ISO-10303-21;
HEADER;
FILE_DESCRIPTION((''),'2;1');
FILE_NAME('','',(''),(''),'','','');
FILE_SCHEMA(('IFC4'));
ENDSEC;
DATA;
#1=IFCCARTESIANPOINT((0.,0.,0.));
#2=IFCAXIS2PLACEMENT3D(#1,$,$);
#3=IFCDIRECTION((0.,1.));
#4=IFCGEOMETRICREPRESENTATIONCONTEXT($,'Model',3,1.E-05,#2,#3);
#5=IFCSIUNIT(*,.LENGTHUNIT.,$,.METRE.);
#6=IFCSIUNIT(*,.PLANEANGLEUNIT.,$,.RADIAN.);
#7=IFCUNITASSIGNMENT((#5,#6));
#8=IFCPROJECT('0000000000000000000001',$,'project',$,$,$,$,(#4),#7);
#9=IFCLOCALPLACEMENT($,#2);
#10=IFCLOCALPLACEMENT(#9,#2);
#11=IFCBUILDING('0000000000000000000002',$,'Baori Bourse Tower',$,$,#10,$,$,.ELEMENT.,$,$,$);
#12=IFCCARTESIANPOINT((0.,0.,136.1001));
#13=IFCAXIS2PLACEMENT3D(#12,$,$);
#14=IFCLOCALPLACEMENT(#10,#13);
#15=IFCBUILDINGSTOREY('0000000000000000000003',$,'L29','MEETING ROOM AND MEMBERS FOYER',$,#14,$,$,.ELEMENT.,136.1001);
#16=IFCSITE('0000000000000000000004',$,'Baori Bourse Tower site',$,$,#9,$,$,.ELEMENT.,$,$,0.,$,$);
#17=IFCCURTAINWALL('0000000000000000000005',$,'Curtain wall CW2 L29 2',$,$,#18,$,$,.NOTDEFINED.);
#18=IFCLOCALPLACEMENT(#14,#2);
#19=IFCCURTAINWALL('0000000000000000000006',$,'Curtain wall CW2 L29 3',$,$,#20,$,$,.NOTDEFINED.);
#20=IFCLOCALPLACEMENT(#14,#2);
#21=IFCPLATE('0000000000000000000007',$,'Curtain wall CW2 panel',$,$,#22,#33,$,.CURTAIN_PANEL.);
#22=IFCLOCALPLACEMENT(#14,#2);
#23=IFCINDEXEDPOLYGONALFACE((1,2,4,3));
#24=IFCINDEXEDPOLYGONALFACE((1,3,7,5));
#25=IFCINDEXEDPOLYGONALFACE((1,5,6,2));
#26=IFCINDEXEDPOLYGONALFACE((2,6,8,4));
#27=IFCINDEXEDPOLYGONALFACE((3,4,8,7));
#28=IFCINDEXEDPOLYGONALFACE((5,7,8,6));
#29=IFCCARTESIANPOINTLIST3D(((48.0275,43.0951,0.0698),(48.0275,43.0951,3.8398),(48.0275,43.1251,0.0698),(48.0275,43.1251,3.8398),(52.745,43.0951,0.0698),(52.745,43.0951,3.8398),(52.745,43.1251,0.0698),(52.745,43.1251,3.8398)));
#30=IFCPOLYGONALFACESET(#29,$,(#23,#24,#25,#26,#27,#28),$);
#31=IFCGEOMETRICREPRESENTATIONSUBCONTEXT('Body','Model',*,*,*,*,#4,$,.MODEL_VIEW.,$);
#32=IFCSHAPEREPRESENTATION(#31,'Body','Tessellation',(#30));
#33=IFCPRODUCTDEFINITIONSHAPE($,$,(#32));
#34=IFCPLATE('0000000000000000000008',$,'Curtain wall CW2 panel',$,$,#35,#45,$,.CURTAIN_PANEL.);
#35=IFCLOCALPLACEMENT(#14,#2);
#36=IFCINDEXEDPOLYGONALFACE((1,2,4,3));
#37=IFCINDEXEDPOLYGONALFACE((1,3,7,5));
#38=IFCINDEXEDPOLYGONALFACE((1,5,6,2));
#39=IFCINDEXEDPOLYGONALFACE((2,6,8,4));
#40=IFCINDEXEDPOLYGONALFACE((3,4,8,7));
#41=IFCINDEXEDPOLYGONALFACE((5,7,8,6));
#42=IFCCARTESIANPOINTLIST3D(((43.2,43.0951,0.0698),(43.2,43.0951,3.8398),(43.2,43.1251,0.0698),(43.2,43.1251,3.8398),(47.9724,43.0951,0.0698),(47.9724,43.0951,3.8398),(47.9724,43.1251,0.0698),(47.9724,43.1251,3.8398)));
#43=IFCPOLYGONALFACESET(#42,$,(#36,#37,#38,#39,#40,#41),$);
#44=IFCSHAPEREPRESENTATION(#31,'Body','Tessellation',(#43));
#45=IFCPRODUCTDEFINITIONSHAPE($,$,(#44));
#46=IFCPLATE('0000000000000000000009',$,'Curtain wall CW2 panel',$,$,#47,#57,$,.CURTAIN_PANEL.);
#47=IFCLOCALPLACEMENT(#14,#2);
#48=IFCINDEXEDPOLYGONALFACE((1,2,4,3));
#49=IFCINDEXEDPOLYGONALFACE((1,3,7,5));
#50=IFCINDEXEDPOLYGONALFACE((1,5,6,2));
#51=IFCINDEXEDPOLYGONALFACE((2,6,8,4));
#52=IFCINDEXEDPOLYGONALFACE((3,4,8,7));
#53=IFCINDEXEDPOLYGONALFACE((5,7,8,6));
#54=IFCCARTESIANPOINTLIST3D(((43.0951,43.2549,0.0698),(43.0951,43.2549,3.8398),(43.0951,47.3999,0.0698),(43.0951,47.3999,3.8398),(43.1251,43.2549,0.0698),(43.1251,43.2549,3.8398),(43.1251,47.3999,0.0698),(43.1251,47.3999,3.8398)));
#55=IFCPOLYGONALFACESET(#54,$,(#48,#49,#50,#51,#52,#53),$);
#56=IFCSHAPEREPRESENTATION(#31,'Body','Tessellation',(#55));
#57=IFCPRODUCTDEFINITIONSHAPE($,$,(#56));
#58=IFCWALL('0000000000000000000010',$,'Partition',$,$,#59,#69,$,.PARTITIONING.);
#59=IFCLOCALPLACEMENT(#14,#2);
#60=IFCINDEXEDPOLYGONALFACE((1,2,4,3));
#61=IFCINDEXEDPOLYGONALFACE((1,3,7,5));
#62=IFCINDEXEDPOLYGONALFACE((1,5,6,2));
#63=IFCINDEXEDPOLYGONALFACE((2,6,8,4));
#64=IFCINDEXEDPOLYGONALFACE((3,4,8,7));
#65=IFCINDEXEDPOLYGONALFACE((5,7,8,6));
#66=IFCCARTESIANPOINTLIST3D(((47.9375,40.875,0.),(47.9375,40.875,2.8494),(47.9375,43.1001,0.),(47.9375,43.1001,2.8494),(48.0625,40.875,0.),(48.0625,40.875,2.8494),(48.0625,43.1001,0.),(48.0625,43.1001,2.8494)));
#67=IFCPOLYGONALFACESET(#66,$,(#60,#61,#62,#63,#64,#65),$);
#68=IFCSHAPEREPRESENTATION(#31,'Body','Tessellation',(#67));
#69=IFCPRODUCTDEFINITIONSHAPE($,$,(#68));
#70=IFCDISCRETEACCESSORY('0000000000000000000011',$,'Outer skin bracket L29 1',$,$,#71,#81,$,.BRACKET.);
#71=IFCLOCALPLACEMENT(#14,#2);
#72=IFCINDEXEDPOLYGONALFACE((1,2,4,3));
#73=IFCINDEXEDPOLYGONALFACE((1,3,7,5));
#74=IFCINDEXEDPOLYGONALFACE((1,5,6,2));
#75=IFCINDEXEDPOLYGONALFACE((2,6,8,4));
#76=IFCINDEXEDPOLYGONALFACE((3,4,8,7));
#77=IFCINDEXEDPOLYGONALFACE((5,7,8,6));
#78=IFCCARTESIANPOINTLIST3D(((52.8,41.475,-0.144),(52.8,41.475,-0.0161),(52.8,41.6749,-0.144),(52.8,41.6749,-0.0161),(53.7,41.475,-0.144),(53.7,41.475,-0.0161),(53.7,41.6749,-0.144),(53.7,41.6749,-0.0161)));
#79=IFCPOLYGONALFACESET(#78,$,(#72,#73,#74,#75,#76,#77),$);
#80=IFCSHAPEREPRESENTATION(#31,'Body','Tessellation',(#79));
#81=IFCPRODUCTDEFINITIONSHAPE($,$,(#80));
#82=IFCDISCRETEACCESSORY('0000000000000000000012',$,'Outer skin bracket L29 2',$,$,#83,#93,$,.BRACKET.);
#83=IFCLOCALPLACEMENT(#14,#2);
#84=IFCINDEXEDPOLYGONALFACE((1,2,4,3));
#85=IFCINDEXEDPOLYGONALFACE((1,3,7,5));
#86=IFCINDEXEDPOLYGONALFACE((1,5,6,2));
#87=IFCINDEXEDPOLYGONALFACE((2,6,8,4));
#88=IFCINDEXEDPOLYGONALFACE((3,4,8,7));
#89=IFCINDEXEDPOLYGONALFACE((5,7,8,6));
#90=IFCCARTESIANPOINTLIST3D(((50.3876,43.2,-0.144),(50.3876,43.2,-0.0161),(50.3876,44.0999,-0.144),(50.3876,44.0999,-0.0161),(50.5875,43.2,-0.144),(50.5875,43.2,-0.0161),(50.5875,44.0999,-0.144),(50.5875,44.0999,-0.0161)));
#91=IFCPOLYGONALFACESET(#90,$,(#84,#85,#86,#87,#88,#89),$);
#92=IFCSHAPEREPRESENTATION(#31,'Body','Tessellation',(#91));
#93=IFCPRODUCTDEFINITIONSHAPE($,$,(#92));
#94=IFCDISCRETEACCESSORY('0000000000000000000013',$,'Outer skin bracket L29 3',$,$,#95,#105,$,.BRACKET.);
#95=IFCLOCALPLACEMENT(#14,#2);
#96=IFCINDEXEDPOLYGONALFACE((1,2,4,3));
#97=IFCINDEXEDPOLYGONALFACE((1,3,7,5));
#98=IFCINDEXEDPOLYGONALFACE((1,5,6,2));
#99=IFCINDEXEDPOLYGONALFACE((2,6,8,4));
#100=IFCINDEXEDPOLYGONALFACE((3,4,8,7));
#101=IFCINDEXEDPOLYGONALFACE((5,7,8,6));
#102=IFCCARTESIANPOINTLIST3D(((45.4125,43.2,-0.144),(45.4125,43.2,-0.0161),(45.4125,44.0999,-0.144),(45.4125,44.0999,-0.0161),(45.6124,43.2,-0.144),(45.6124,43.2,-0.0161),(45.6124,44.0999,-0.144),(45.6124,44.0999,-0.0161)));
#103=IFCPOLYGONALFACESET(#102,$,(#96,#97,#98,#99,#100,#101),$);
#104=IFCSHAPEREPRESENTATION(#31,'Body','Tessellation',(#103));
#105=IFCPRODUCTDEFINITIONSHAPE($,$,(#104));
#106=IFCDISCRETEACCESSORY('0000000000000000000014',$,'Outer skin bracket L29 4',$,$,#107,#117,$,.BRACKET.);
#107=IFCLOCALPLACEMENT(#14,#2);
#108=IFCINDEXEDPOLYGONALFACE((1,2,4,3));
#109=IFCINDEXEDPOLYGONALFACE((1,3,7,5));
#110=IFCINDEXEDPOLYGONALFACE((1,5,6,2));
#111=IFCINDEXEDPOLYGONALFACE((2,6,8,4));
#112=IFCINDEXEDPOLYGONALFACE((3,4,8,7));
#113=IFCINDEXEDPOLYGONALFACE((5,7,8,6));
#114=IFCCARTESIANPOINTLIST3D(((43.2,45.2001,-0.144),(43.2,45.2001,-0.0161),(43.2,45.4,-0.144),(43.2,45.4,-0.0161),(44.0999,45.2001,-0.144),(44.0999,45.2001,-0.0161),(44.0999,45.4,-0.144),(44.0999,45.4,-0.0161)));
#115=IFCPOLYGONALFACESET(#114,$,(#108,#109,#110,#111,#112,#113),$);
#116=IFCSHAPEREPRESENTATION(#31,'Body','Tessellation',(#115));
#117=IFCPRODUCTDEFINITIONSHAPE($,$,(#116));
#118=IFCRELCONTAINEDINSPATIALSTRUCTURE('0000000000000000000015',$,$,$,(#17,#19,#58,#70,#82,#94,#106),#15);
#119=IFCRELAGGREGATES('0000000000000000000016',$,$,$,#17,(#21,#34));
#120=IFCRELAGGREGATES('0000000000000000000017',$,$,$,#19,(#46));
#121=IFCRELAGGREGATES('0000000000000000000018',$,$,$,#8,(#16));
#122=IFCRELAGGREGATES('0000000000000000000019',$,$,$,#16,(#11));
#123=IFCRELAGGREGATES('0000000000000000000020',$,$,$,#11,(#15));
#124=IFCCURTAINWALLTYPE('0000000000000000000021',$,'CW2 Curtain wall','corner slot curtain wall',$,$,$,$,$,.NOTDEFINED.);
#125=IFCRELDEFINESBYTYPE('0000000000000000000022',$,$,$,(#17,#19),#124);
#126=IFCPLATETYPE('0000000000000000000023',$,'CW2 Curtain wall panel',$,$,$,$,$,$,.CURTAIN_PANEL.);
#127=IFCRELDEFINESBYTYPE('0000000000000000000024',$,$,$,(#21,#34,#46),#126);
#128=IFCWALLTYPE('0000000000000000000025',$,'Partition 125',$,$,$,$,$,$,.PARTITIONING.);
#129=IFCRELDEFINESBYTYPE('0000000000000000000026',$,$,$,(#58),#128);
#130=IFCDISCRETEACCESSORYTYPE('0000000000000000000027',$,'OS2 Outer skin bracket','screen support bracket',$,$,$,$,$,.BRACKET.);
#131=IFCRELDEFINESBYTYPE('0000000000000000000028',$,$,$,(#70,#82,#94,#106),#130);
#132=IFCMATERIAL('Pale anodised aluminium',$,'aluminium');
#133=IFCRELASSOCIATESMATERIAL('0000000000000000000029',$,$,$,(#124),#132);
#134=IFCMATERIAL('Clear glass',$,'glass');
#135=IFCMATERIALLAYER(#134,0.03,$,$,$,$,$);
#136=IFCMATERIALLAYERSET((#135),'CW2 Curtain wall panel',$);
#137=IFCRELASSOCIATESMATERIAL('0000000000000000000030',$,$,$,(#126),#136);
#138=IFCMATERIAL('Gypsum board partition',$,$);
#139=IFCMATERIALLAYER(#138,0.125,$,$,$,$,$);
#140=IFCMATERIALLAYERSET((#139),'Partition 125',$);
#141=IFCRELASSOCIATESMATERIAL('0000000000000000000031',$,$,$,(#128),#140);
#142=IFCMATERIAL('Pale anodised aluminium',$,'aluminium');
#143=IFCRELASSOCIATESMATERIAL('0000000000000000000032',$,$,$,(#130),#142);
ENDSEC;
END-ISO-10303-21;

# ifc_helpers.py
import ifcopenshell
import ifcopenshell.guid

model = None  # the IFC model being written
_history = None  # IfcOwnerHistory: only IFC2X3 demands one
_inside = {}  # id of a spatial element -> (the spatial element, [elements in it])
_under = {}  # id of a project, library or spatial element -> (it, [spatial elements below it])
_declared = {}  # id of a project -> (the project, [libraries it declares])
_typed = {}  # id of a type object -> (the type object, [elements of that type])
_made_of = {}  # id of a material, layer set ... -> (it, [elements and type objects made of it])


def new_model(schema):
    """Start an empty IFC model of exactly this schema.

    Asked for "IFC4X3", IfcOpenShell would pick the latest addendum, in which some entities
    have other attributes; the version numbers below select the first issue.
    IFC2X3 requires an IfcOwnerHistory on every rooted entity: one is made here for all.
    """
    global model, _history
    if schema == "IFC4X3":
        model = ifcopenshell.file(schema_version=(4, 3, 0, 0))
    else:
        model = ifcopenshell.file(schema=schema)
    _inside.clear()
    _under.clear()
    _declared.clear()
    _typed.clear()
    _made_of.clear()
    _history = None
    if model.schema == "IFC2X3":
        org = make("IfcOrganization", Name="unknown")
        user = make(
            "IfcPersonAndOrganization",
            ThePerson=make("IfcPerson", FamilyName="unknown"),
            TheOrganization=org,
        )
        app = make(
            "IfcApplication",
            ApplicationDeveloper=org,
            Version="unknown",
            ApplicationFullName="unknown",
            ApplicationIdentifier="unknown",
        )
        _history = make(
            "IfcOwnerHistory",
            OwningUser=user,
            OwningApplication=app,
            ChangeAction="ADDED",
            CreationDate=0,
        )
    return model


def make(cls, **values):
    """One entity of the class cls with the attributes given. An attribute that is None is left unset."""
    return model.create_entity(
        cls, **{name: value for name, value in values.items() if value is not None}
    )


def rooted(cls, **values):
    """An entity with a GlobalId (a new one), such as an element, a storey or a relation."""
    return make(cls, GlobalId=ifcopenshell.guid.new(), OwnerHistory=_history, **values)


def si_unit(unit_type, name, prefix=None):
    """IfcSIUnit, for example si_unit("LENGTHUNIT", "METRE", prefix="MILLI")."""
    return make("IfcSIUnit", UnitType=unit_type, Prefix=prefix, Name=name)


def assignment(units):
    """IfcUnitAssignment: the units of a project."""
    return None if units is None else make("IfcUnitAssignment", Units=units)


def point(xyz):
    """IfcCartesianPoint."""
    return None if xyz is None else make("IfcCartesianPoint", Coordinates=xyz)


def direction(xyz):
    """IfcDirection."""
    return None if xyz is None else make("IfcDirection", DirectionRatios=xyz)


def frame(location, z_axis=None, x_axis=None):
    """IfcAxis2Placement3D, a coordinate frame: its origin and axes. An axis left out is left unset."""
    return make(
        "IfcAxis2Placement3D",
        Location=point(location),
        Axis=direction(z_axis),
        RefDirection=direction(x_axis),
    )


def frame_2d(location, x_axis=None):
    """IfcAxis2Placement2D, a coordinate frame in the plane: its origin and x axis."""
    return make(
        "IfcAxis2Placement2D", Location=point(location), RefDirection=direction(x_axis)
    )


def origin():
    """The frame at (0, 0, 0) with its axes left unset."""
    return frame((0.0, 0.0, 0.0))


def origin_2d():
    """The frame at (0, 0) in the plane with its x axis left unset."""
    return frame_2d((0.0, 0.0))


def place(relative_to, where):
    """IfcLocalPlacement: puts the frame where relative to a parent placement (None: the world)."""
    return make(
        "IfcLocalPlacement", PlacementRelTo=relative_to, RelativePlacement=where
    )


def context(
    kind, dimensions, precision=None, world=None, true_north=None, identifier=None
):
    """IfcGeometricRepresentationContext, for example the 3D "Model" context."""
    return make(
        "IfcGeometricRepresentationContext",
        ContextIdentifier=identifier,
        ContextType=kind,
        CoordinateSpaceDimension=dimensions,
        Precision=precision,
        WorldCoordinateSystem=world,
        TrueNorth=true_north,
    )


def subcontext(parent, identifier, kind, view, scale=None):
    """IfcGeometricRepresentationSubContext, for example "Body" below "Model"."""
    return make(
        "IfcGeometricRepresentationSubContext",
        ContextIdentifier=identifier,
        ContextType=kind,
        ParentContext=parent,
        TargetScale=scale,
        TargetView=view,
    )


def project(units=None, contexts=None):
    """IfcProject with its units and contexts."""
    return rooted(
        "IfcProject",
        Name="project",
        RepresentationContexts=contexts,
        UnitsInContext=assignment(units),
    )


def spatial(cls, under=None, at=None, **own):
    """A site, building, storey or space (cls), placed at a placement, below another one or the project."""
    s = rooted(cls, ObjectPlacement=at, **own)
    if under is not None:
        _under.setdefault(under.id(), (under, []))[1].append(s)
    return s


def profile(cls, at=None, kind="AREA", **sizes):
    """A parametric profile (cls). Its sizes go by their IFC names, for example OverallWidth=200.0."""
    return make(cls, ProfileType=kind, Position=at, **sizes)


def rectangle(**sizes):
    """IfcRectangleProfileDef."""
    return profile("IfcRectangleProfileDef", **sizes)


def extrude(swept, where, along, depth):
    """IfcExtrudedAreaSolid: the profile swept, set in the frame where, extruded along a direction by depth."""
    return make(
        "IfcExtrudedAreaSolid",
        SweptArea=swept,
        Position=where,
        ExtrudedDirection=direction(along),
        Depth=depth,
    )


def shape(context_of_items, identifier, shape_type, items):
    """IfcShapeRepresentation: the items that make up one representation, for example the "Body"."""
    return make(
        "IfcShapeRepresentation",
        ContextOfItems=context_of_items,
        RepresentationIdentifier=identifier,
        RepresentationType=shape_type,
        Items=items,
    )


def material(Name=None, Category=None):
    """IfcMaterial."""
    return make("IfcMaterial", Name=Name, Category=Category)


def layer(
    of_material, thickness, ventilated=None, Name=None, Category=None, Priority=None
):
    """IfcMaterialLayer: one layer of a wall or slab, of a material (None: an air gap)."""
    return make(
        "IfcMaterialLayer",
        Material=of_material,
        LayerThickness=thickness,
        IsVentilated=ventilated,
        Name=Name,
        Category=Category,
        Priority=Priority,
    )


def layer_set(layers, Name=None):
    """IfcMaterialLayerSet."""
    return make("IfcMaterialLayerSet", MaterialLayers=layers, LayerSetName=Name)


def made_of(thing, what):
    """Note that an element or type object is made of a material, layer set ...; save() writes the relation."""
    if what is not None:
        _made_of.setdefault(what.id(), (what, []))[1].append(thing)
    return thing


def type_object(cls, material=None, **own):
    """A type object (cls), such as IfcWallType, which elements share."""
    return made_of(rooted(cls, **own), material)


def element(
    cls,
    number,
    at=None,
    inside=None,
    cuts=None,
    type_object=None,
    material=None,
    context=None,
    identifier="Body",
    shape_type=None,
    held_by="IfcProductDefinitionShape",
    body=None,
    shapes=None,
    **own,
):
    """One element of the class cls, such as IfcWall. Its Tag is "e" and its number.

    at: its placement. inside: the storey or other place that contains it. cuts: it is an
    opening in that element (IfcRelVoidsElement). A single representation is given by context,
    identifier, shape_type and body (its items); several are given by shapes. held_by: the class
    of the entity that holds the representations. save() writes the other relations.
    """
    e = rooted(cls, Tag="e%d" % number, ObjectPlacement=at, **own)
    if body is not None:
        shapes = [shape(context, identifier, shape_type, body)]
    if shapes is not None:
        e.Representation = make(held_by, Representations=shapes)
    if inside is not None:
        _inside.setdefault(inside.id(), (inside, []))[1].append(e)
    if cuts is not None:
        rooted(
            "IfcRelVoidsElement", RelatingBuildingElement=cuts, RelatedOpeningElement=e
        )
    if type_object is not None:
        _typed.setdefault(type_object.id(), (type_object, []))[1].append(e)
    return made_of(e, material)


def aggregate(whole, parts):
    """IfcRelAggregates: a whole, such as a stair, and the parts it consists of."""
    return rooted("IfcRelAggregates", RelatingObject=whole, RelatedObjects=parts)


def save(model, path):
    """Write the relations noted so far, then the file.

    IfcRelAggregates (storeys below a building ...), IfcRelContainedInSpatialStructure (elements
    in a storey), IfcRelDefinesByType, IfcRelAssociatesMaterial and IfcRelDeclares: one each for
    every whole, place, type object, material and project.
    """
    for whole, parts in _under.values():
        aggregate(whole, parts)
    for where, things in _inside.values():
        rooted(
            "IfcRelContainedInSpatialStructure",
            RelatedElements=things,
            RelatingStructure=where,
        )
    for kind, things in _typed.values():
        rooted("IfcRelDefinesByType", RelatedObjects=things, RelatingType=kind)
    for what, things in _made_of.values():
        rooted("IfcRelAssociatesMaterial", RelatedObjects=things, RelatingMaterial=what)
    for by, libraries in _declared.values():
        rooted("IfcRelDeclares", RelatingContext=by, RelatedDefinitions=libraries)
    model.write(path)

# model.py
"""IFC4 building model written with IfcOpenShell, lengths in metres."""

from ifc_helpers import new_model, si_unit, direction, frame, frame_2d, origin, origin_2d, place, context, subcontext, project, spatial, rectangle, extrude, material, layer, layer_set, type_object, element, aggregate, save


model = new_model("IFC4")

# Units and contexts
model_context = context("Model", 3, precision=1e-05, world=origin(), true_north=direction((0.0, 1.0)))
body_context = subcontext(model_context, "Body", "Model", "MODEL_VIEW")
ifc_project = project(units=[si_unit("LENGTHUNIT", "METRE"), si_unit("PLANEANGLEUNIT", "RADIAN")], contexts=[model_context])

# Site, building, storey
site_placement = place(None, origin())
site = spatial("IfcSite", under=ifc_project, at=site_placement, Name="Baori Bourse Tower site", CompositionType="ELEMENT", RefElevation=0.0)
building_placement = place(site_placement, origin())
building = spatial("IfcBuilding", under=site, at=building_placement, Name="Baori Bourse Tower", CompositionType="ELEMENT")
storey_placement = place(building_placement, frame((0.0, 0.0, 136.1001)))
storey = spatial("IfcBuildingStorey", under=building, at=storey_placement, Name="L29", Description="MEETING ROOM AND MEMBERS FOYER", CompositionType="ELEMENT", Elevation=136.1001)

# Curtain wall
ifc_material_1 = material(Name="Pale anodised aluminium", Category="aluminium")
curtain_wall_type_1 = type_object("IfcCurtainWallType", Name="CW2 Curtain wall", Description="corner slot curtain wall", PredefinedType="NOTDEFINED", material=ifc_material_1)
curtain_wall_1_placement = place(storey_placement, origin())
curtain_wall_1 = element("IfcCurtainWall", 1, at=curtain_wall_1_placement, inside=storey, type_object=curtain_wall_type_1, Name="Curtain wall CW2 L29 2", PredefinedType="NOTDEFINED")

# Curtain wall
curtain_wall_2_placement = place(storey_placement, origin())
curtain_wall_2 = element("IfcCurtainWall", 2, at=curtain_wall_2_placement, inside=storey, type_object=curtain_wall_type_1, Name="Curtain wall CW2 L29 3", PredefinedType="NOTDEFINED")

# Shared definitions
ifc_material_2 = material(Name="Clear glass", Category="glass")
ifc_layer_1 = layer(ifc_material_2, 0.03)
ifc_layer_set_1 = layer_set([ifc_layer_1], Name="CW2 Curtain wall panel")
plate_type = type_object("IfcPlateType", Name="CW2 Curtain wall panel", PredefinedType="CURTAIN_PANEL", material=ifc_layer_set_1)

# Plates
plate_1_placement = place(storey_placement, frame((50.3862, 43.1101, 0.0698), z_axis=(0.0, 0.0, 1.0), x_axis=(-1.0, 0.0, 0.0)))
plate_1 = element("IfcPlate", 3, at=plate_1_placement, type_object=plate_type, Name="Curtain wall CW2 panel", PredefinedType="CURTAIN_PANEL", context=body_context, shape_type="SweptSolid", body=[
    extrude(rectangle(XDim=4.7175, YDim=0.03, at=origin_2d()), origin(), (0.0, 0.0, 1.0), 3.77),
])
plate_2_placement = place(storey_placement, frame((45.5862, 43.1101, 0.0698), z_axis=(0.0, 0.0, 1.0), x_axis=(-1.0, 0.0, 0.0)))
plate_2 = element("IfcPlate", 4, at=plate_2_placement, type_object=plate_type, Name="Curtain wall CW2 panel", PredefinedType="CURTAIN_PANEL", context=body_context, shape_type="SweptSolid", body=[
    extrude(rectangle(XDim=4.7725, YDim=0.03, at=origin_2d()), origin(), (0.0, 0.0, 1.0), 3.77),
])
aggregate(curtain_wall_1, [plate_1, plate_2])
plate_3_placement = place(storey_placement, frame((43.1101, 45.3274, 0.0698), z_axis=(0.0, 0.0, 1.0), x_axis=(0.0, 1.0, 0.0)))
plate_3 = element("IfcPlate", 5, at=plate_3_placement, type_object=plate_type, Name="Curtain wall CW2 panel", PredefinedType="CURTAIN_PANEL", context=body_context, shape_type="SweptSolid", body=[
    extrude(rectangle(XDim=4.145, YDim=0.03, at=origin_2d()), origin(), (0.0, 0.0, 1.0), 3.77),
])
aggregate(curtain_wall_2, [plate_3])

# Wall
ifc_material_3 = material(Name="Gypsum board partition")
ifc_layer_2 = layer(ifc_material_3, 0.125)
ifc_layer_set_2 = layer_set([ifc_layer_2], Name="Partition 125")
wall_type = type_object("IfcWallType", Name="Partition 125", PredefinedType="PARTITIONING", material=ifc_layer_set_2)
wall_placement = place(storey_placement, frame((48.0, 40.875, 0.0), z_axis=(0.0, 0.0, 1.0), x_axis=(0.0, 1.0, 0.0)))
element("IfcWall", 6, at=wall_placement, inside=storey, type_object=wall_type, Name="Partition", PredefinedType="PARTITIONING", context=body_context, shape_type="SweptSolid", body=[
    extrude(rectangle(XDim=2.2251, YDim=0.125, at=frame_2d((1.1125, 0.0))), origin(), (0.0, 0.0, 1.0), 2.8494),
])

# Discrete accessories
ifc_material_4 = material(Name="Pale anodised aluminium", Category="aluminium")
discrete_accessory_type = type_object("IfcDiscreteAccessoryType", Name="OS2 Outer skin bracket", Description="screen support bracket", PredefinedType="BRACKET", material=ifc_material_4)
for number, where, z_axis, x_axis, name in (
    (7, (53.25, 41.575, -0.144), (0.0, 0.0, 1.0), (0.0, 1.0, 0.0), "Outer skin bracket L29 1"),
    (8, (50.4875, 43.6499, -0.144), (0.0, 0.0, 1.0), (-1.0, 0.0, 0.0), "Outer skin bracket L29 2"),
    (9, (45.5125, 43.6499, -0.144), (0.0, 0.0, 1.0), (-1.0, 0.0, 0.0), "Outer skin bracket L29 3"),
    (10, (43.6499, 45.3, -0.144), (0.0, 0.0, 1.0), (0.0, 1.0, 0.0), "Outer skin bracket L29 4"),
):
    element("IfcDiscreteAccessory", number, at=place(storey_placement, frame(where, z_axis=z_axis, x_axis=x_axis)), inside=storey, type_object=discrete_accessory_type, Name=name, PredefinedType="BRACKET", context=body_context, shape_type="SweptSolid", body=[
        extrude(rectangle(XDim=0.2, YDim=0.8999, at=origin_2d()), origin(), (0.0, 0.0, 1.0), 0.1279),
    ])

save(model, "model.ifc")
